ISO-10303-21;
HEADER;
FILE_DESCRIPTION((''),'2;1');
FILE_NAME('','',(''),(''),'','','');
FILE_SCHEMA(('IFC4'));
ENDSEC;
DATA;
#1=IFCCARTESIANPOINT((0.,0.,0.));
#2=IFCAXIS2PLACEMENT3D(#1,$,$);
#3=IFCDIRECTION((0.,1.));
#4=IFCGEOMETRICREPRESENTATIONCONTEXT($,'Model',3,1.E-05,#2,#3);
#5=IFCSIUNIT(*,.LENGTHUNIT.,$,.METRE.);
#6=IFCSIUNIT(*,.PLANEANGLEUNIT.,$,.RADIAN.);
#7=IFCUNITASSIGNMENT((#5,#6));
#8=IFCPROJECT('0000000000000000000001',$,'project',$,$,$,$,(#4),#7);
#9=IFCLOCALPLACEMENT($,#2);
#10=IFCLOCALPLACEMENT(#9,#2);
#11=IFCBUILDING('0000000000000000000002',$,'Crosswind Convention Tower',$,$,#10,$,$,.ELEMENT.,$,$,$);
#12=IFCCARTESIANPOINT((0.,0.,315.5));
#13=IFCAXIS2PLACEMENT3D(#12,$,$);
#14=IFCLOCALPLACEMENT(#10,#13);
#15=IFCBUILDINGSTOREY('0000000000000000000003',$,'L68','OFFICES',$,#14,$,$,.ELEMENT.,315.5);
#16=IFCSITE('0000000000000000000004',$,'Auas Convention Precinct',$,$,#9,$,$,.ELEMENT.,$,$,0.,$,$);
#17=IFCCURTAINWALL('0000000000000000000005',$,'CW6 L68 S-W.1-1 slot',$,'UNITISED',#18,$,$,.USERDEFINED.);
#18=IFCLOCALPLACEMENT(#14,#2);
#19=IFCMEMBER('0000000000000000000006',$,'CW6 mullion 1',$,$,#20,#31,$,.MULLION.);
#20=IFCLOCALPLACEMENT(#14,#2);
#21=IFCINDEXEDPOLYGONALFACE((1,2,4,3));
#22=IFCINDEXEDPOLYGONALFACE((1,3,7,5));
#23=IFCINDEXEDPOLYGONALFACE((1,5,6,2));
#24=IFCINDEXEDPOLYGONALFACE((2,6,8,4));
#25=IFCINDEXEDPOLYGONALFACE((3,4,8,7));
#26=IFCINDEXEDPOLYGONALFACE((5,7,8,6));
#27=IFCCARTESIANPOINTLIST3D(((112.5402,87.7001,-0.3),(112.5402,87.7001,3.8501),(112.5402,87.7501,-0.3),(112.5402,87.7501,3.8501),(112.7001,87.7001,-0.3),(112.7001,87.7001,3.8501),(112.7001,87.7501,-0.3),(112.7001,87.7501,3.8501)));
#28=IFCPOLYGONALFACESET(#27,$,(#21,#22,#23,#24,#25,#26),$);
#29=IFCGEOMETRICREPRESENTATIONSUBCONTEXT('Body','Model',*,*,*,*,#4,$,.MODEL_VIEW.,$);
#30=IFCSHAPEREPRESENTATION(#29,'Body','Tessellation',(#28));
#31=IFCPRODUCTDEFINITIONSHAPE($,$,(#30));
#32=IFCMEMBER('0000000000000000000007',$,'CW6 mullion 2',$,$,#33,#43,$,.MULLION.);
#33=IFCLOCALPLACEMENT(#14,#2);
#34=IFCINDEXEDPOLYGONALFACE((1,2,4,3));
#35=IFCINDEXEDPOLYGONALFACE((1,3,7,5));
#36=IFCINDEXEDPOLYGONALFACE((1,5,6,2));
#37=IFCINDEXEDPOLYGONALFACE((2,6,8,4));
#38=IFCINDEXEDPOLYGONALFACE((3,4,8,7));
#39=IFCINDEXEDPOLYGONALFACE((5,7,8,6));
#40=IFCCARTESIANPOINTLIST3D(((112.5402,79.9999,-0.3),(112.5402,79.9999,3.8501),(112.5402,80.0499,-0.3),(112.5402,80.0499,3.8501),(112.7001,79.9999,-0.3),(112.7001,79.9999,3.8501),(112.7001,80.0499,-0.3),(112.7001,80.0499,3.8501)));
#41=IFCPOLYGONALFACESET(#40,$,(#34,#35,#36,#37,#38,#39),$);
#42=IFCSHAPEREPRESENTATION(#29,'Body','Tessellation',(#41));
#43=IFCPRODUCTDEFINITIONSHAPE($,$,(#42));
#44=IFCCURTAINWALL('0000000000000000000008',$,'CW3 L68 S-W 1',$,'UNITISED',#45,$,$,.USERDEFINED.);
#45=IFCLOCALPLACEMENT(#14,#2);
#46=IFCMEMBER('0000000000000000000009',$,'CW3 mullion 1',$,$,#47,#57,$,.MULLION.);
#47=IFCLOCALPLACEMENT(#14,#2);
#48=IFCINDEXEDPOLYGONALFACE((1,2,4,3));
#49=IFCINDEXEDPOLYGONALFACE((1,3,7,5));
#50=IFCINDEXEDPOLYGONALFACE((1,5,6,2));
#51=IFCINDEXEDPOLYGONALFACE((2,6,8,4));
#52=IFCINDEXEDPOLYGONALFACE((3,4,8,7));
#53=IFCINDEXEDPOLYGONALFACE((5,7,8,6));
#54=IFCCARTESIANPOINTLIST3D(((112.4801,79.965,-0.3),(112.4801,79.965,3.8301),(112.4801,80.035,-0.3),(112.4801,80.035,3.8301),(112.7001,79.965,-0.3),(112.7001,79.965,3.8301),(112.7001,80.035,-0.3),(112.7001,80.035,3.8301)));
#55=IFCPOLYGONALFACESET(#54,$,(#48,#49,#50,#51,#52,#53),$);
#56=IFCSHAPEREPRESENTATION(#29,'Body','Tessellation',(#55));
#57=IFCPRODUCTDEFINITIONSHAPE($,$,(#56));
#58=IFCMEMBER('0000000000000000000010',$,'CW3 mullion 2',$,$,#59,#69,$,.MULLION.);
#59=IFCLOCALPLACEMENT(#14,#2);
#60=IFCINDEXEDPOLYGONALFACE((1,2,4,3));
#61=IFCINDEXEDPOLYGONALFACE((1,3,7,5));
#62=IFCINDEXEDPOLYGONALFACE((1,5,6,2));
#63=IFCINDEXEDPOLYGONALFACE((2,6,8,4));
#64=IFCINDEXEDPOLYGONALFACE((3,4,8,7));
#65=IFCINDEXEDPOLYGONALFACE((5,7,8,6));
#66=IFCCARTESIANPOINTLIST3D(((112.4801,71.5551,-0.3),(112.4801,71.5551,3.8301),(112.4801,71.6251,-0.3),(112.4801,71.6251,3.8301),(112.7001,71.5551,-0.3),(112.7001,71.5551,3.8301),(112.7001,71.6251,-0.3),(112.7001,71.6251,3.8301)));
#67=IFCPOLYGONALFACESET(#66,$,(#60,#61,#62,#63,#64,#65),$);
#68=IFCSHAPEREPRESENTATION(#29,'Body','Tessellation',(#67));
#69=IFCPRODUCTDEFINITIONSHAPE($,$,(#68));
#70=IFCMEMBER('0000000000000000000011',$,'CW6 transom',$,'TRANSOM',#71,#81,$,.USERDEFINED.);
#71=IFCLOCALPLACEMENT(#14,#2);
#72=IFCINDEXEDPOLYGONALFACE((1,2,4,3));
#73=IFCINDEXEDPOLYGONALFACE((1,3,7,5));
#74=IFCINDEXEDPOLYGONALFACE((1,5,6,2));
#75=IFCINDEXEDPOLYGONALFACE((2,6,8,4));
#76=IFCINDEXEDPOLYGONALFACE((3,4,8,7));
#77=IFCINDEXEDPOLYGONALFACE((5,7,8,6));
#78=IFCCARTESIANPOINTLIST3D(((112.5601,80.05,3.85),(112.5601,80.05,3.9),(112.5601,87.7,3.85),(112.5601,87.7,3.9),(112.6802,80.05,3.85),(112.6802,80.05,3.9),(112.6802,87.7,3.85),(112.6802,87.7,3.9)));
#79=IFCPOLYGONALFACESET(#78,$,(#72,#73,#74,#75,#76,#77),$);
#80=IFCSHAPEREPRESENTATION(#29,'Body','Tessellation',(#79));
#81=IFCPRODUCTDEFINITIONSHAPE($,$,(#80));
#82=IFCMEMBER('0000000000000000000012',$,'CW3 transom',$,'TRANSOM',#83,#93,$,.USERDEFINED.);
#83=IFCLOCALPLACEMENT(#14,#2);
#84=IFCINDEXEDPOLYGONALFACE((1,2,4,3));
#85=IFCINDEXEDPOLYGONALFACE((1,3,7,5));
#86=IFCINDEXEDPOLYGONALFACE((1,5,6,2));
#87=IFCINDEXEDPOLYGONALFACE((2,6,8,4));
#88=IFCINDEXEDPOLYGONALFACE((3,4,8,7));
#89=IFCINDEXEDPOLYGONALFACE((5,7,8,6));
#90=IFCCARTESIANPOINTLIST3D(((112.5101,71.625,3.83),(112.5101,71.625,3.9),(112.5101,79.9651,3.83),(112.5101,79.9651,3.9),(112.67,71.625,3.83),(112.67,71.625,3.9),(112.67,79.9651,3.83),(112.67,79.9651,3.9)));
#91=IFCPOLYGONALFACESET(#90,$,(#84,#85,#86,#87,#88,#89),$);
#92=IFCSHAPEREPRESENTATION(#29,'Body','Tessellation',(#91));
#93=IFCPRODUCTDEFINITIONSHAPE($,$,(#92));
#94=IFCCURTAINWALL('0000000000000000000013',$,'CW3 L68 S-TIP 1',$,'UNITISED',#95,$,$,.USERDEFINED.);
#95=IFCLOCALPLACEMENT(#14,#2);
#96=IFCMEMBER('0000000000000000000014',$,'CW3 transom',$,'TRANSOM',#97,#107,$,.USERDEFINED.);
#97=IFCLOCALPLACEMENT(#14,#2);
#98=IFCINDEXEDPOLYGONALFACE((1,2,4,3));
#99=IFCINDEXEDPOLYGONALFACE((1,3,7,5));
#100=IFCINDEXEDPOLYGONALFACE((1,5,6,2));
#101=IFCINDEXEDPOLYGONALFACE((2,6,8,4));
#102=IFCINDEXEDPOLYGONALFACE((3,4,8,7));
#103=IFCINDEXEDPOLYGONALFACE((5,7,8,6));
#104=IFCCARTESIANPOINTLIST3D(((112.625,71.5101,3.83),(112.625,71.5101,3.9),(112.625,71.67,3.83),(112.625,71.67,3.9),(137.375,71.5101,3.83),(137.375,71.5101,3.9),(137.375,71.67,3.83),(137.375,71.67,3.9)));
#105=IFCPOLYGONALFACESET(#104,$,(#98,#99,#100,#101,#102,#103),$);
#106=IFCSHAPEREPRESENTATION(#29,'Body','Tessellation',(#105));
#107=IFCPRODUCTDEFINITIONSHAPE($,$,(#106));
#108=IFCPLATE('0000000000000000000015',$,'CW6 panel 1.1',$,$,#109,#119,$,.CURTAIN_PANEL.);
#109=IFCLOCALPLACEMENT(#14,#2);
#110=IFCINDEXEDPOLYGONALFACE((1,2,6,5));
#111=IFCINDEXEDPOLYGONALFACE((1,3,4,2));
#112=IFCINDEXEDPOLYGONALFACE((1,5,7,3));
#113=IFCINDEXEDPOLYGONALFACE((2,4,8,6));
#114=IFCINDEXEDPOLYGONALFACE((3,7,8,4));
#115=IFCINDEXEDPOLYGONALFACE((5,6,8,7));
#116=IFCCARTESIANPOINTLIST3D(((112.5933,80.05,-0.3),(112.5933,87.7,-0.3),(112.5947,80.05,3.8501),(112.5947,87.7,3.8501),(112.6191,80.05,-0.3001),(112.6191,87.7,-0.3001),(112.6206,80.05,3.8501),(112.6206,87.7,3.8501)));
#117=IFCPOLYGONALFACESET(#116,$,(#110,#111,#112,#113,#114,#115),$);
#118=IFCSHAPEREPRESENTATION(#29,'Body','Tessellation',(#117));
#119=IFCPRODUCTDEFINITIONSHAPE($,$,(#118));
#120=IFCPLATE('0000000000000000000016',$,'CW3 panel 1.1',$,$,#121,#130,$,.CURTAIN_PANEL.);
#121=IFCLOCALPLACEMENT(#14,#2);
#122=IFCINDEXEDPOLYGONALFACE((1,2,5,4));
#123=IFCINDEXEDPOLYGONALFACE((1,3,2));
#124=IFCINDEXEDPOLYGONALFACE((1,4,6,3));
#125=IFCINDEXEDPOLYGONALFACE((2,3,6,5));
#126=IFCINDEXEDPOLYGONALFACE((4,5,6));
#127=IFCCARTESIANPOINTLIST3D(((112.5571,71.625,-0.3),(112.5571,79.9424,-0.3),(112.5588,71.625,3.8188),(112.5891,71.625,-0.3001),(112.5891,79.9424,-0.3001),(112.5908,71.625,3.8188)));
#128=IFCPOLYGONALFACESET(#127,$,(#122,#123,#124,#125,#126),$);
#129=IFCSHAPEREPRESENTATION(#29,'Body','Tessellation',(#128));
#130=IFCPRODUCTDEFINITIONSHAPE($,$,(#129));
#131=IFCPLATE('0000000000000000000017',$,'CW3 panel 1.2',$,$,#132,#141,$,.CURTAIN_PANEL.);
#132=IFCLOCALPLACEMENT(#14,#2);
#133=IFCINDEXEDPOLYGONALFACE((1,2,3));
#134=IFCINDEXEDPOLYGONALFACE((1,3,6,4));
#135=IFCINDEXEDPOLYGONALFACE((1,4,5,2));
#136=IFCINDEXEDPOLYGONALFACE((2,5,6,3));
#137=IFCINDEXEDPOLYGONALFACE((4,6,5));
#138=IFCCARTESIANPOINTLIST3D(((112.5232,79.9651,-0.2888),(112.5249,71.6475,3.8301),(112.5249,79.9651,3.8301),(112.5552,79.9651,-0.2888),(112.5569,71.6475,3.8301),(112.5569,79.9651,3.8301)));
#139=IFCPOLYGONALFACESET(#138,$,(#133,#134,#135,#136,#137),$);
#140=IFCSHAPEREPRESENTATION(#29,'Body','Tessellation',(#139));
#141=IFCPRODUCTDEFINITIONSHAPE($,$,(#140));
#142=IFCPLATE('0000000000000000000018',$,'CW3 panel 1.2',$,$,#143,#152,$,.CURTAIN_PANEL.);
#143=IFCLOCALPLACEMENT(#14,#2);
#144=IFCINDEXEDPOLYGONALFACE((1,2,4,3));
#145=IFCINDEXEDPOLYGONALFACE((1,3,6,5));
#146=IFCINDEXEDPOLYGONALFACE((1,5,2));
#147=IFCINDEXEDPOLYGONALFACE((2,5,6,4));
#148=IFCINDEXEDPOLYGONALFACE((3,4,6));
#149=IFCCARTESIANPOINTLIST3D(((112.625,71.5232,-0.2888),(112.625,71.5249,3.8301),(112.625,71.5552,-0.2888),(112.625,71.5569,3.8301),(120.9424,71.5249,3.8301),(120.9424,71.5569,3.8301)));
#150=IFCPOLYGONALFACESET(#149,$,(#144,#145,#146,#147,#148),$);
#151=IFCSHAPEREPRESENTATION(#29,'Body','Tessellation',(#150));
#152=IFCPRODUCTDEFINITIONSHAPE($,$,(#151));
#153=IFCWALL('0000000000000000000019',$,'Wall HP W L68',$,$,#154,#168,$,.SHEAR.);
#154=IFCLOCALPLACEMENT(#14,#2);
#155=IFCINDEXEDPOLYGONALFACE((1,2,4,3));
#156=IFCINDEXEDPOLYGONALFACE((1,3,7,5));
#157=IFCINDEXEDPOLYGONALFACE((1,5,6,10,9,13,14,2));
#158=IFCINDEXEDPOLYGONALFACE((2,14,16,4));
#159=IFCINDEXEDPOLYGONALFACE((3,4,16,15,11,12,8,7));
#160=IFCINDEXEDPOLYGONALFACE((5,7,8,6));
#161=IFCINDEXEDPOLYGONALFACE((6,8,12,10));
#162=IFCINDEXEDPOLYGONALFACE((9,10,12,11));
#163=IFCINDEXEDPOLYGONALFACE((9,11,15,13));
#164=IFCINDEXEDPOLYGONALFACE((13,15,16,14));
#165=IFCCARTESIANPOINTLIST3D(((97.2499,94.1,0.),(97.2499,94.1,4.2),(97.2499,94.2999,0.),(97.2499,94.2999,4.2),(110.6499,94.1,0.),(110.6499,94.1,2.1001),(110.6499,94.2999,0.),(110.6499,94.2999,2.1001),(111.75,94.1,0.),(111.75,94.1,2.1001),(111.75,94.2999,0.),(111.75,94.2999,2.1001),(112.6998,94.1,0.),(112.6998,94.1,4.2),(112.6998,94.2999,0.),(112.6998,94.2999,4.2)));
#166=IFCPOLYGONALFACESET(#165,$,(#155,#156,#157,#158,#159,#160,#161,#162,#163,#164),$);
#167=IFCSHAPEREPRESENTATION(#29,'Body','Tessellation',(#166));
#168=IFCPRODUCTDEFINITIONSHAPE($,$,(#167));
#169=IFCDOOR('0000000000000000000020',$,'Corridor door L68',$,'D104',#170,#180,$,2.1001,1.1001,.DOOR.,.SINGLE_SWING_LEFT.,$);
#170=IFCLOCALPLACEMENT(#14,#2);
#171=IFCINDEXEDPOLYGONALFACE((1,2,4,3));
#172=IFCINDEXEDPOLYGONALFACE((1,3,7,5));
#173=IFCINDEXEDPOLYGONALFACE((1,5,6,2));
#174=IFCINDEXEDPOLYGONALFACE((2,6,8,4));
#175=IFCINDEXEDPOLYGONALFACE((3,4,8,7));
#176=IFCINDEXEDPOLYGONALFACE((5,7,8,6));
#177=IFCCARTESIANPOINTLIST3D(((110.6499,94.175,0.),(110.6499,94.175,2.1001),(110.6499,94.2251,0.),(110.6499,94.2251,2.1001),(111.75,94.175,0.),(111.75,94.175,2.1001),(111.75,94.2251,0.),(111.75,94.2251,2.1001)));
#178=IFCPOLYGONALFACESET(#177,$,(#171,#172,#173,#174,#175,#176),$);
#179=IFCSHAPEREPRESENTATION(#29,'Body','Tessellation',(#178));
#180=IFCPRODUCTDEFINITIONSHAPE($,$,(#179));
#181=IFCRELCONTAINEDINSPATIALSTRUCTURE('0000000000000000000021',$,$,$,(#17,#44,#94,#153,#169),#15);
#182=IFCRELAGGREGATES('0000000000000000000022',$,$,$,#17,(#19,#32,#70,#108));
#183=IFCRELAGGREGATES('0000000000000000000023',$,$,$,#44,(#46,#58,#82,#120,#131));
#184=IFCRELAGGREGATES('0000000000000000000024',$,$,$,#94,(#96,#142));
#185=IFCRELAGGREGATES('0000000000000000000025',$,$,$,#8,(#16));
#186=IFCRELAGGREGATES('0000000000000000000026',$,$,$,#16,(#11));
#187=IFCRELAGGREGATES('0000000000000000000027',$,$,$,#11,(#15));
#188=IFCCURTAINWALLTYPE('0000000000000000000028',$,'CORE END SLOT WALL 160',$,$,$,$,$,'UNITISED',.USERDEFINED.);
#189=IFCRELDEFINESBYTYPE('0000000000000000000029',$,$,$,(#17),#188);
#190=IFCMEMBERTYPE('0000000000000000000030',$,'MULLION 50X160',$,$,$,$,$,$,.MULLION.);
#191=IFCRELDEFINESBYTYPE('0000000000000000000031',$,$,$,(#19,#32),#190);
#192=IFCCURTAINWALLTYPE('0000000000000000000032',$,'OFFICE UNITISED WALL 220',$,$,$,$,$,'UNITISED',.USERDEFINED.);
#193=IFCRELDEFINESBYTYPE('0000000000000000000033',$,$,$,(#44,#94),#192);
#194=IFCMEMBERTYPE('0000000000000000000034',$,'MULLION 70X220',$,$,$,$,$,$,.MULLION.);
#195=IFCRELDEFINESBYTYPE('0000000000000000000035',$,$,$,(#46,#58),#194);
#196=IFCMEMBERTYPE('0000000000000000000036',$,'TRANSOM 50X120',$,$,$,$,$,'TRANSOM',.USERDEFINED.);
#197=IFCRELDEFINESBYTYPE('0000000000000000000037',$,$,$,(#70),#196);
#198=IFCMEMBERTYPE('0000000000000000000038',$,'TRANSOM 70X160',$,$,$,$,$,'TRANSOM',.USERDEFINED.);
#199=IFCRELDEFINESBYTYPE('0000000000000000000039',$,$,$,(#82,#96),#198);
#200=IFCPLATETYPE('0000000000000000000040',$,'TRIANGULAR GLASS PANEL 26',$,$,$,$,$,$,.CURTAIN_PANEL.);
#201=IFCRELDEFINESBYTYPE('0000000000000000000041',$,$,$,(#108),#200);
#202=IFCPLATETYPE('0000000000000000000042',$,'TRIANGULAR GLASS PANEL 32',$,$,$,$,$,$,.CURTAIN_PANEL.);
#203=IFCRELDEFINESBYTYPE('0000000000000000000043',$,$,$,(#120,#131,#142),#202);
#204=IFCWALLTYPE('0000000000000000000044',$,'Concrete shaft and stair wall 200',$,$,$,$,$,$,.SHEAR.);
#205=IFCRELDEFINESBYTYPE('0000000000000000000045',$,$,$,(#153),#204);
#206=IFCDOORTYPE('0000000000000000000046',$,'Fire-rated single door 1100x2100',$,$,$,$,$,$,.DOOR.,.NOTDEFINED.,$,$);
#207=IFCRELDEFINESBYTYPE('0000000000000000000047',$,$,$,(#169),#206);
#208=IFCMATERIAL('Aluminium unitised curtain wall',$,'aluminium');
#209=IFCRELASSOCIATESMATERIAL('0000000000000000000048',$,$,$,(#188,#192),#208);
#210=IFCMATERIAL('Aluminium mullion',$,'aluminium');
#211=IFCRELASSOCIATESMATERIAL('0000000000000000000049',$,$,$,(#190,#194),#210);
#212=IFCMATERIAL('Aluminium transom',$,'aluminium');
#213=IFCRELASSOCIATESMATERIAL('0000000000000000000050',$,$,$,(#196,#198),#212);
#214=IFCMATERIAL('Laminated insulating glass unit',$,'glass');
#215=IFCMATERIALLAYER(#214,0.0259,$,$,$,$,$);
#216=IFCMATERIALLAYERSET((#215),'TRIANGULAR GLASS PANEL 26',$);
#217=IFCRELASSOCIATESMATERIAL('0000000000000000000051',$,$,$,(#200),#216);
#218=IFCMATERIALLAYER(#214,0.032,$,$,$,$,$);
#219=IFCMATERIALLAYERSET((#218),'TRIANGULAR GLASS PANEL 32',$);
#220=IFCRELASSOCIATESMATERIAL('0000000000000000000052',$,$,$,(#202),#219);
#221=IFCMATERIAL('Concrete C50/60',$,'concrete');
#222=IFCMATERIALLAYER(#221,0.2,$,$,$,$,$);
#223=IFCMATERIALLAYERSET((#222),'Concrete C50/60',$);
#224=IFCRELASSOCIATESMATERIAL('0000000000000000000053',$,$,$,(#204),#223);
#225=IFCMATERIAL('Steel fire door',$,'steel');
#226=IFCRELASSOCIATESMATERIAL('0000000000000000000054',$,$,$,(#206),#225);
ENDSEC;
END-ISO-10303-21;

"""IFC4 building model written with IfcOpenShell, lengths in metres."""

from ifc_helpers import new_model, si_unit, direction, frame, frame_2d, origin, origin_2d, place, context, subcontext, project, spatial, polyline, rectangle, outline, extrude, material, layer, layer_set, material_profile, profile_set, type_object, element, fill, aggregate, save


model = new_model("IFC4")

# Units and contexts
model_context = context("Model", 3, precision=1e-05, world=origin(), true_north=direction((0.0, 1.0)))
body_context = subcontext(model_context, "Body", "Model", "MODEL_VIEW")
ifc_project = project(units=[si_unit("LENGTHUNIT", "METRE"), si_unit("PLANEANGLEUNIT", "RADIAN")], contexts=[model_context])

# Site, building, storey
site_placement = place(None, origin())
site = spatial("IfcSite", under=ifc_project, at=site_placement, Name="Auas Convention Precinct", CompositionType="ELEMENT", RefElevation=0.0)
building_placement = place(site_placement, origin())
building = spatial("IfcBuilding", under=site, at=building_placement, Name="Crosswind Convention Tower", CompositionType="ELEMENT")
storey_placement = place(building_placement, frame((0.0, 0.0, 315.5)))
storey = spatial("IfcBuildingStorey", under=building, at=storey_placement, Name="L68", Description="OFFICES", CompositionType="ELEMENT", Elevation=315.5)

# Curtain walls, members
ifc_material_1 = material(Name="Aluminium unitised curtain wall", Category="aluminium")
curtain_wall_type_1 = type_object("IfcCurtainWallType", Name="CORE END SLOT WALL 160", ElementType="UNITISED", PredefinedType="USERDEFINED", material=ifc_material_1)
curtain_wall_1_placement = place(storey_placement, origin())
curtain_wall_1 = element("IfcCurtainWall", 1, at=curtain_wall_1_placement, inside=storey, type_object=curtain_wall_type_1, Name="CW6 L68 S-W.1-1 slot", ObjectType="UNITISED", PredefinedType="USERDEFINED")
ifc_material_2 = material(Name="Aluminium mullion", Category="aluminium")
ifc_material_profile_1 = material_profile(ifc_material_2, rectangle(XDim=0.1599, YDim=0.05, at=origin_2d()), Name="AL 160X50")
ifc_profile_set_1 = profile_set([ifc_material_profile_1], Name="Aluminium mullion")
member_type_1 = type_object("IfcMemberType", Name="MULLION 50X160", PredefinedType="MULLION", material=ifc_profile_set_1)
member_1_placement = place(storey_placement, frame((112.6201, 87.7251, -0.3), z_axis=(0.0, 0.0, 1.0), x_axis=(-1.0, 0.0, 0.0)))
member_1 = element("IfcMember", 2, at=member_1_placement, type_object=member_type_1, Name="CW6 mullion 1", PredefinedType="MULLION", context=body_context, shape_type="SweptSolid", body=[
    extrude(rectangle(XDim=0.1599, YDim=0.05, at=origin_2d()), origin(), (0.0, 0.0, 1.0), 4.1501),
])
member_2_placement = place(storey_placement, frame((112.6201, 80.0249, -0.3), z_axis=(0.0, 0.0, 1.0), x_axis=(-1.0, 0.0, 0.0)))
member_2 = element("IfcMember", 3, at=member_2_placement, type_object=member_type_1, Name="CW6 mullion 2", PredefinedType="MULLION", context=body_context, shape_type="SweptSolid", body=[
    extrude(rectangle(XDim=0.1599, YDim=0.05, at=origin_2d()), origin(), (0.0, 0.0, 1.0), 4.1501),
])
curtain_wall_type_2 = type_object("IfcCurtainWallType", Name="OFFICE UNITISED WALL 220", ElementType="UNITISED", PredefinedType="USERDEFINED", material=ifc_material_1)
curtain_wall_2_placement = place(storey_placement, origin())
curtain_wall_2 = element("IfcCurtainWall", 4, at=curtain_wall_2_placement, inside=storey, type_object=curtain_wall_type_2, Name="CW3 L68 S-W 1", ObjectType="UNITISED", PredefinedType="USERDEFINED")
ifc_material_profile_2 = material_profile(ifc_material_2, rectangle(XDim=0.22, YDim=0.0701, at=origin_2d()), Name="AL 220X70")
ifc_profile_set_2 = profile_set([ifc_material_profile_2], Name="Aluminium mullion")
member_type_2 = type_object("IfcMemberType", Name="MULLION 70X220", PredefinedType="MULLION", material=ifc_profile_set_2)
member_3_placement = place(storey_placement, frame((112.5901, 80.0, -0.3), z_axis=(0.0, 0.0, 1.0), x_axis=(-1.0, 0.0, 0.0)))
member_3 = element("IfcMember", 5, at=member_3_placement, type_object=member_type_2, Name="CW3 mullion 1", PredefinedType="MULLION", context=body_context, shape_type="SweptSolid", body=[
    extrude(rectangle(XDim=0.22, YDim=0.0701, at=origin_2d()), origin(), (0.0, 0.0, 1.0), 4.1301),
])
member_4_placement = place(storey_placement, frame((112.5901, 71.5901, -0.3), z_axis=(0.0, 0.0, 1.0), x_axis=(-1.0, 0.0, 0.0)))
member_4 = element("IfcMember", 6, at=member_4_placement, type_object=member_type_2, Name="CW3 mullion 2", PredefinedType="MULLION", context=body_context, shape_type="SweptSolid", body=[
    extrude(rectangle(XDim=0.22, YDim=0.0701, at=origin_2d()), origin(), (0.0, 0.0, 1.0), 4.1301),
])

# Members
ifc_material_3 = material(Name="Aluminium transom", Category="aluminium")
ifc_material_profile_3 = material_profile(ifc_material_3, rectangle(XDim=0.1201, YDim=0.05, at=origin_2d()), Name="AL 120X50")
ifc_profile_set_3 = profile_set([ifc_material_profile_3], Name="Aluminium transom")
member_type_3 = type_object("IfcMemberType", Name="TRANSOM 50X120", ElementType="TRANSOM", PredefinedType="USERDEFINED", material=ifc_profile_set_3)
member_5_placement = place(storey_placement, frame((112.6201, 87.7, 3.875), z_axis=(0.0, -1.0, 0.0), x_axis=(1.0, 0.0, 0.0)))
member_5 = element("IfcMember", 7, at=member_5_placement, type_object=member_type_3, Name="CW6 transom", ObjectType="TRANSOM", PredefinedType="USERDEFINED", context=body_context, shape_type="SweptSolid", body=[
    extrude(rectangle(XDim=0.1201, YDim=0.05, at=origin_2d()), origin(), (0.0, 0.0, 1.0), 7.6499),
])
ifc_material_profile_4 = material_profile(ifc_material_3, rectangle(XDim=0.1599, YDim=0.0701, at=origin_2d()), Name="AL 160X70")
ifc_profile_set_4 = profile_set([ifc_material_profile_4], Name="Aluminium transom")
member_type_4 = type_object("IfcMemberType", Name="TRANSOM 70X160", ElementType="TRANSOM", PredefinedType="USERDEFINED", material=ifc_profile_set_4)
member_6_placement = place(storey_placement, frame((112.5901, 79.9651, 3.865), z_axis=(0.0, -1.0, 0.0), x_axis=(1.0, 0.0, 0.0)))
member_6 = element("IfcMember", 8, at=member_6_placement, type_object=member_type_4, Name="CW3 transom", ObjectType="TRANSOM", PredefinedType="USERDEFINED", context=body_context, shape_type="SweptSolid", body=[
    extrude(rectangle(XDim=0.1599, YDim=0.0701, at=origin_2d()), origin(), (0.0, 0.0, 1.0), 8.3401),
])

# Curtain wall, member
curtain_wall_3_placement = place(storey_placement, origin())
curtain_wall_3 = element("IfcCurtainWall", 9, at=curtain_wall_3_placement, inside=storey, type_object=curtain_wall_type_2, Name="CW3 L68 S-TIP 1", ObjectType="UNITISED", PredefinedType="USERDEFINED")
member_7_placement = place(storey_placement, frame((112.625, 71.5901, 3.865), z_axis=(1.0, 0.0, 0.0), x_axis=(0.0, 1.0, 0.0)))
member_7 = element("IfcMember", 10, at=member_7_placement, type_object=member_type_4, Name="CW3 transom", ObjectType="TRANSOM", PredefinedType="USERDEFINED", context=body_context, shape_type="SweptSolid", body=[
    extrude(rectangle(XDim=0.1599, YDim=0.0701, at=origin_2d()), origin(), (0.0, 0.0, 1.0), 24.75),
])

# Plates
ifc_material_4 = material(Name="Laminated insulating glass unit", Category="glass")
ifc_layer_1 = layer(ifc_material_4, 0.0259)
ifc_layer_set_1 = layer_set([ifc_layer_1], Name="TRIANGULAR GLASS PANEL 26")
plate_type_1 = type_object("IfcPlateType", Name="TRIANGULAR GLASS PANEL 26", PredefinedType="CURTAIN_PANEL", material=ifc_layer_set_1)
plate_1_placement = place(storey_placement, frame((112.5933, 87.7, -0.3), z_axis=(-1.0, 0.0, 0.000353), x_axis=(0.0, -1.0, 0.0)))
plate_1 = element("IfcPlate", 11, at=plate_1_placement, type_object=plate_type_1, Name="CW6 panel 1.1", PredefinedType="CURTAIN_PANEL", context=body_context, shape_type="SweptSolid", body=[
    extrude(outline(polyline([(0.0, 0.0), (7.6499, 0.0), (7.6499, 4.1501), (0.0, 4.1501), (0.0, 0.0)])), origin(), (0.0, 0.0, -1.0), 0.0259),
])
aggregate(curtain_wall_1, [member_1, member_2, member_5, plate_1])
ifc_layer_2 = layer(ifc_material_4, 0.032)
ifc_layer_set_2 = layer_set([ifc_layer_2], Name="TRIANGULAR GLASS PANEL 32")
plate_type_2 = type_object("IfcPlateType", Name="TRIANGULAR GLASS PANEL 32", PredefinedType="CURTAIN_PANEL", material=ifc_layer_set_2)
plate_2_placement = place(storey_placement, frame((112.5571, 71.625, -0.3), z_axis=(-1.0, 0.0, 0.000415), x_axis=(0.000415, 0.0, 1.0)))
plate_2 = element("IfcPlate", 12, at=plate_2_placement, type_object=plate_type_2, Name="CW3 panel 1.1", PredefinedType="CURTAIN_PANEL", context=body_context, shape_type="SweptSolid", body=[
    extrude(outline(polyline([(0.0, 0.0), (4.1189, 0.0), (0.0, 8.3174), (0.0, 0.0)])), origin(), (0.0, 0.0, -1.0), 0.032),
])
plate_3_placement = place(storey_placement, frame((112.5249, 79.9651, 3.8301), z_axis=(-1.0, 0.0, 0.000415), x_axis=(-0.000415, 0.0, -1.0)))
plate_3 = element("IfcPlate", 13, at=plate_3_placement, type_object=plate_type_2, Name="CW3 panel 1.2", PredefinedType="CURTAIN_PANEL", context=body_context, shape_type="SweptSolid", body=[
    extrude(outline(polyline([(0.0, 0.0), (4.1189, 0.0), (0.0, 8.3176), (0.0, 0.0)])), origin(), (0.0, 0.0, -1.0), 0.032),
])
plate_4_placement = place(storey_placement, frame((112.625, 71.5249, 3.8301), z_axis=(0.0, -1.0, 0.000415), x_axis=(0.0, -0.000415, -1.0)))
plate_4 = element("IfcPlate", 14, at=plate_4_placement, type_object=plate_type_2, Name="CW3 panel 1.2", PredefinedType="CURTAIN_PANEL", context=body_context, shape_type="SweptSolid", body=[
    extrude(outline(polyline([(0.0, 0.0), (4.1189, 0.0), (0.0, 8.3174), (0.0, 0.0)])), origin(), (0.0, 0.0, -1.0), 0.032),
])

# Wall, opening, door
ifc_material_5 = material(Name="Concrete C50/60", Category="concrete")
ifc_layer_3 = layer(ifc_material_5, 0.2)
ifc_layer_set_3 = layer_set([ifc_layer_3], Name="Concrete C50/60")
wall_type = type_object("IfcWallType", Name="Concrete shaft and stair wall 200", PredefinedType="SHEAR", material=ifc_layer_set_3)
wall_1_placement = place(storey_placement, frame((112.7, 94.2, 0.0), z_axis=(0.0, 0.0, 1.0), x_axis=(-1.0, 0.0, 0.0)))
wall_1 = element("IfcWall", 15, at=wall_1_placement, inside=storey, type_object=wall_type, Name="Wall HP W L68", PredefinedType="SHEAR", context=body_context, shape_type="SweptSolid", body=[
    extrude(rectangle(XDim=15.45, YDim=0.2, at=frame_2d((7.7251, 0.0))), origin(), (0.0, 0.0, 1.0), 4.2),
])
opening_1_placement = place(wall_1_placement, frame((0.95, 0.0, 0.0)))
opening_1 = element("IfcOpeningElement", 16, at=opening_1_placement, cuts=wall_1, PredefinedType="OPENING", context=body_context, shape_type="SweptSolid", body=[
    extrude(rectangle(XDim=1.1001, YDim=2.1001, at=frame_2d((0.55, 1.05))), frame((0.0, 0.1099, 0.0), z_axis=(0.0, -1.0, 0.0), x_axis=(1.0, 0.0, 0.0)), (0.0, 0.0, 1.0), 0.22),
])
ifc_material_6 = material(Name="Steel fire door", Category="steel")
door_type_1 = type_object("IfcDoorType", Name="Fire-rated single door 1100x2100", OperationType="NOTDEFINED", PredefinedType="DOOR", material=ifc_material_6)
door_1_placement = place(opening_1_placement, origin())
door_1 = element("IfcDoor", 17, at=door_1_placement, inside=storey, type_object=door_type_1, Name="Corridor door L68", ObjectType="D104", OperationType="SINGLE_SWING_LEFT", OverallHeight=2.1001, OverallWidth=1.1001, PredefinedType="DOOR", context=body_context, shape_type="SweptSolid", body=[
    extrude(rectangle(XDim=1.1001, YDim=2.1001, at=frame_2d((0.55, 1.05))), frame((0.0, 0.0249, 0.0), z_axis=(0.0, -1.0, 0.0), x_axis=(1.0, 0.0, 0.0)), (0.0, 0.0, 1.0), 0.05),
])
fill(opening_1, door_1)

aggregate(curtain_wall_2, [member_3, member_4, member_6, plate_2, plate_3])
aggregate(curtain_wall_3, [member_7, plate_4])

save(model, "model.ifc")
